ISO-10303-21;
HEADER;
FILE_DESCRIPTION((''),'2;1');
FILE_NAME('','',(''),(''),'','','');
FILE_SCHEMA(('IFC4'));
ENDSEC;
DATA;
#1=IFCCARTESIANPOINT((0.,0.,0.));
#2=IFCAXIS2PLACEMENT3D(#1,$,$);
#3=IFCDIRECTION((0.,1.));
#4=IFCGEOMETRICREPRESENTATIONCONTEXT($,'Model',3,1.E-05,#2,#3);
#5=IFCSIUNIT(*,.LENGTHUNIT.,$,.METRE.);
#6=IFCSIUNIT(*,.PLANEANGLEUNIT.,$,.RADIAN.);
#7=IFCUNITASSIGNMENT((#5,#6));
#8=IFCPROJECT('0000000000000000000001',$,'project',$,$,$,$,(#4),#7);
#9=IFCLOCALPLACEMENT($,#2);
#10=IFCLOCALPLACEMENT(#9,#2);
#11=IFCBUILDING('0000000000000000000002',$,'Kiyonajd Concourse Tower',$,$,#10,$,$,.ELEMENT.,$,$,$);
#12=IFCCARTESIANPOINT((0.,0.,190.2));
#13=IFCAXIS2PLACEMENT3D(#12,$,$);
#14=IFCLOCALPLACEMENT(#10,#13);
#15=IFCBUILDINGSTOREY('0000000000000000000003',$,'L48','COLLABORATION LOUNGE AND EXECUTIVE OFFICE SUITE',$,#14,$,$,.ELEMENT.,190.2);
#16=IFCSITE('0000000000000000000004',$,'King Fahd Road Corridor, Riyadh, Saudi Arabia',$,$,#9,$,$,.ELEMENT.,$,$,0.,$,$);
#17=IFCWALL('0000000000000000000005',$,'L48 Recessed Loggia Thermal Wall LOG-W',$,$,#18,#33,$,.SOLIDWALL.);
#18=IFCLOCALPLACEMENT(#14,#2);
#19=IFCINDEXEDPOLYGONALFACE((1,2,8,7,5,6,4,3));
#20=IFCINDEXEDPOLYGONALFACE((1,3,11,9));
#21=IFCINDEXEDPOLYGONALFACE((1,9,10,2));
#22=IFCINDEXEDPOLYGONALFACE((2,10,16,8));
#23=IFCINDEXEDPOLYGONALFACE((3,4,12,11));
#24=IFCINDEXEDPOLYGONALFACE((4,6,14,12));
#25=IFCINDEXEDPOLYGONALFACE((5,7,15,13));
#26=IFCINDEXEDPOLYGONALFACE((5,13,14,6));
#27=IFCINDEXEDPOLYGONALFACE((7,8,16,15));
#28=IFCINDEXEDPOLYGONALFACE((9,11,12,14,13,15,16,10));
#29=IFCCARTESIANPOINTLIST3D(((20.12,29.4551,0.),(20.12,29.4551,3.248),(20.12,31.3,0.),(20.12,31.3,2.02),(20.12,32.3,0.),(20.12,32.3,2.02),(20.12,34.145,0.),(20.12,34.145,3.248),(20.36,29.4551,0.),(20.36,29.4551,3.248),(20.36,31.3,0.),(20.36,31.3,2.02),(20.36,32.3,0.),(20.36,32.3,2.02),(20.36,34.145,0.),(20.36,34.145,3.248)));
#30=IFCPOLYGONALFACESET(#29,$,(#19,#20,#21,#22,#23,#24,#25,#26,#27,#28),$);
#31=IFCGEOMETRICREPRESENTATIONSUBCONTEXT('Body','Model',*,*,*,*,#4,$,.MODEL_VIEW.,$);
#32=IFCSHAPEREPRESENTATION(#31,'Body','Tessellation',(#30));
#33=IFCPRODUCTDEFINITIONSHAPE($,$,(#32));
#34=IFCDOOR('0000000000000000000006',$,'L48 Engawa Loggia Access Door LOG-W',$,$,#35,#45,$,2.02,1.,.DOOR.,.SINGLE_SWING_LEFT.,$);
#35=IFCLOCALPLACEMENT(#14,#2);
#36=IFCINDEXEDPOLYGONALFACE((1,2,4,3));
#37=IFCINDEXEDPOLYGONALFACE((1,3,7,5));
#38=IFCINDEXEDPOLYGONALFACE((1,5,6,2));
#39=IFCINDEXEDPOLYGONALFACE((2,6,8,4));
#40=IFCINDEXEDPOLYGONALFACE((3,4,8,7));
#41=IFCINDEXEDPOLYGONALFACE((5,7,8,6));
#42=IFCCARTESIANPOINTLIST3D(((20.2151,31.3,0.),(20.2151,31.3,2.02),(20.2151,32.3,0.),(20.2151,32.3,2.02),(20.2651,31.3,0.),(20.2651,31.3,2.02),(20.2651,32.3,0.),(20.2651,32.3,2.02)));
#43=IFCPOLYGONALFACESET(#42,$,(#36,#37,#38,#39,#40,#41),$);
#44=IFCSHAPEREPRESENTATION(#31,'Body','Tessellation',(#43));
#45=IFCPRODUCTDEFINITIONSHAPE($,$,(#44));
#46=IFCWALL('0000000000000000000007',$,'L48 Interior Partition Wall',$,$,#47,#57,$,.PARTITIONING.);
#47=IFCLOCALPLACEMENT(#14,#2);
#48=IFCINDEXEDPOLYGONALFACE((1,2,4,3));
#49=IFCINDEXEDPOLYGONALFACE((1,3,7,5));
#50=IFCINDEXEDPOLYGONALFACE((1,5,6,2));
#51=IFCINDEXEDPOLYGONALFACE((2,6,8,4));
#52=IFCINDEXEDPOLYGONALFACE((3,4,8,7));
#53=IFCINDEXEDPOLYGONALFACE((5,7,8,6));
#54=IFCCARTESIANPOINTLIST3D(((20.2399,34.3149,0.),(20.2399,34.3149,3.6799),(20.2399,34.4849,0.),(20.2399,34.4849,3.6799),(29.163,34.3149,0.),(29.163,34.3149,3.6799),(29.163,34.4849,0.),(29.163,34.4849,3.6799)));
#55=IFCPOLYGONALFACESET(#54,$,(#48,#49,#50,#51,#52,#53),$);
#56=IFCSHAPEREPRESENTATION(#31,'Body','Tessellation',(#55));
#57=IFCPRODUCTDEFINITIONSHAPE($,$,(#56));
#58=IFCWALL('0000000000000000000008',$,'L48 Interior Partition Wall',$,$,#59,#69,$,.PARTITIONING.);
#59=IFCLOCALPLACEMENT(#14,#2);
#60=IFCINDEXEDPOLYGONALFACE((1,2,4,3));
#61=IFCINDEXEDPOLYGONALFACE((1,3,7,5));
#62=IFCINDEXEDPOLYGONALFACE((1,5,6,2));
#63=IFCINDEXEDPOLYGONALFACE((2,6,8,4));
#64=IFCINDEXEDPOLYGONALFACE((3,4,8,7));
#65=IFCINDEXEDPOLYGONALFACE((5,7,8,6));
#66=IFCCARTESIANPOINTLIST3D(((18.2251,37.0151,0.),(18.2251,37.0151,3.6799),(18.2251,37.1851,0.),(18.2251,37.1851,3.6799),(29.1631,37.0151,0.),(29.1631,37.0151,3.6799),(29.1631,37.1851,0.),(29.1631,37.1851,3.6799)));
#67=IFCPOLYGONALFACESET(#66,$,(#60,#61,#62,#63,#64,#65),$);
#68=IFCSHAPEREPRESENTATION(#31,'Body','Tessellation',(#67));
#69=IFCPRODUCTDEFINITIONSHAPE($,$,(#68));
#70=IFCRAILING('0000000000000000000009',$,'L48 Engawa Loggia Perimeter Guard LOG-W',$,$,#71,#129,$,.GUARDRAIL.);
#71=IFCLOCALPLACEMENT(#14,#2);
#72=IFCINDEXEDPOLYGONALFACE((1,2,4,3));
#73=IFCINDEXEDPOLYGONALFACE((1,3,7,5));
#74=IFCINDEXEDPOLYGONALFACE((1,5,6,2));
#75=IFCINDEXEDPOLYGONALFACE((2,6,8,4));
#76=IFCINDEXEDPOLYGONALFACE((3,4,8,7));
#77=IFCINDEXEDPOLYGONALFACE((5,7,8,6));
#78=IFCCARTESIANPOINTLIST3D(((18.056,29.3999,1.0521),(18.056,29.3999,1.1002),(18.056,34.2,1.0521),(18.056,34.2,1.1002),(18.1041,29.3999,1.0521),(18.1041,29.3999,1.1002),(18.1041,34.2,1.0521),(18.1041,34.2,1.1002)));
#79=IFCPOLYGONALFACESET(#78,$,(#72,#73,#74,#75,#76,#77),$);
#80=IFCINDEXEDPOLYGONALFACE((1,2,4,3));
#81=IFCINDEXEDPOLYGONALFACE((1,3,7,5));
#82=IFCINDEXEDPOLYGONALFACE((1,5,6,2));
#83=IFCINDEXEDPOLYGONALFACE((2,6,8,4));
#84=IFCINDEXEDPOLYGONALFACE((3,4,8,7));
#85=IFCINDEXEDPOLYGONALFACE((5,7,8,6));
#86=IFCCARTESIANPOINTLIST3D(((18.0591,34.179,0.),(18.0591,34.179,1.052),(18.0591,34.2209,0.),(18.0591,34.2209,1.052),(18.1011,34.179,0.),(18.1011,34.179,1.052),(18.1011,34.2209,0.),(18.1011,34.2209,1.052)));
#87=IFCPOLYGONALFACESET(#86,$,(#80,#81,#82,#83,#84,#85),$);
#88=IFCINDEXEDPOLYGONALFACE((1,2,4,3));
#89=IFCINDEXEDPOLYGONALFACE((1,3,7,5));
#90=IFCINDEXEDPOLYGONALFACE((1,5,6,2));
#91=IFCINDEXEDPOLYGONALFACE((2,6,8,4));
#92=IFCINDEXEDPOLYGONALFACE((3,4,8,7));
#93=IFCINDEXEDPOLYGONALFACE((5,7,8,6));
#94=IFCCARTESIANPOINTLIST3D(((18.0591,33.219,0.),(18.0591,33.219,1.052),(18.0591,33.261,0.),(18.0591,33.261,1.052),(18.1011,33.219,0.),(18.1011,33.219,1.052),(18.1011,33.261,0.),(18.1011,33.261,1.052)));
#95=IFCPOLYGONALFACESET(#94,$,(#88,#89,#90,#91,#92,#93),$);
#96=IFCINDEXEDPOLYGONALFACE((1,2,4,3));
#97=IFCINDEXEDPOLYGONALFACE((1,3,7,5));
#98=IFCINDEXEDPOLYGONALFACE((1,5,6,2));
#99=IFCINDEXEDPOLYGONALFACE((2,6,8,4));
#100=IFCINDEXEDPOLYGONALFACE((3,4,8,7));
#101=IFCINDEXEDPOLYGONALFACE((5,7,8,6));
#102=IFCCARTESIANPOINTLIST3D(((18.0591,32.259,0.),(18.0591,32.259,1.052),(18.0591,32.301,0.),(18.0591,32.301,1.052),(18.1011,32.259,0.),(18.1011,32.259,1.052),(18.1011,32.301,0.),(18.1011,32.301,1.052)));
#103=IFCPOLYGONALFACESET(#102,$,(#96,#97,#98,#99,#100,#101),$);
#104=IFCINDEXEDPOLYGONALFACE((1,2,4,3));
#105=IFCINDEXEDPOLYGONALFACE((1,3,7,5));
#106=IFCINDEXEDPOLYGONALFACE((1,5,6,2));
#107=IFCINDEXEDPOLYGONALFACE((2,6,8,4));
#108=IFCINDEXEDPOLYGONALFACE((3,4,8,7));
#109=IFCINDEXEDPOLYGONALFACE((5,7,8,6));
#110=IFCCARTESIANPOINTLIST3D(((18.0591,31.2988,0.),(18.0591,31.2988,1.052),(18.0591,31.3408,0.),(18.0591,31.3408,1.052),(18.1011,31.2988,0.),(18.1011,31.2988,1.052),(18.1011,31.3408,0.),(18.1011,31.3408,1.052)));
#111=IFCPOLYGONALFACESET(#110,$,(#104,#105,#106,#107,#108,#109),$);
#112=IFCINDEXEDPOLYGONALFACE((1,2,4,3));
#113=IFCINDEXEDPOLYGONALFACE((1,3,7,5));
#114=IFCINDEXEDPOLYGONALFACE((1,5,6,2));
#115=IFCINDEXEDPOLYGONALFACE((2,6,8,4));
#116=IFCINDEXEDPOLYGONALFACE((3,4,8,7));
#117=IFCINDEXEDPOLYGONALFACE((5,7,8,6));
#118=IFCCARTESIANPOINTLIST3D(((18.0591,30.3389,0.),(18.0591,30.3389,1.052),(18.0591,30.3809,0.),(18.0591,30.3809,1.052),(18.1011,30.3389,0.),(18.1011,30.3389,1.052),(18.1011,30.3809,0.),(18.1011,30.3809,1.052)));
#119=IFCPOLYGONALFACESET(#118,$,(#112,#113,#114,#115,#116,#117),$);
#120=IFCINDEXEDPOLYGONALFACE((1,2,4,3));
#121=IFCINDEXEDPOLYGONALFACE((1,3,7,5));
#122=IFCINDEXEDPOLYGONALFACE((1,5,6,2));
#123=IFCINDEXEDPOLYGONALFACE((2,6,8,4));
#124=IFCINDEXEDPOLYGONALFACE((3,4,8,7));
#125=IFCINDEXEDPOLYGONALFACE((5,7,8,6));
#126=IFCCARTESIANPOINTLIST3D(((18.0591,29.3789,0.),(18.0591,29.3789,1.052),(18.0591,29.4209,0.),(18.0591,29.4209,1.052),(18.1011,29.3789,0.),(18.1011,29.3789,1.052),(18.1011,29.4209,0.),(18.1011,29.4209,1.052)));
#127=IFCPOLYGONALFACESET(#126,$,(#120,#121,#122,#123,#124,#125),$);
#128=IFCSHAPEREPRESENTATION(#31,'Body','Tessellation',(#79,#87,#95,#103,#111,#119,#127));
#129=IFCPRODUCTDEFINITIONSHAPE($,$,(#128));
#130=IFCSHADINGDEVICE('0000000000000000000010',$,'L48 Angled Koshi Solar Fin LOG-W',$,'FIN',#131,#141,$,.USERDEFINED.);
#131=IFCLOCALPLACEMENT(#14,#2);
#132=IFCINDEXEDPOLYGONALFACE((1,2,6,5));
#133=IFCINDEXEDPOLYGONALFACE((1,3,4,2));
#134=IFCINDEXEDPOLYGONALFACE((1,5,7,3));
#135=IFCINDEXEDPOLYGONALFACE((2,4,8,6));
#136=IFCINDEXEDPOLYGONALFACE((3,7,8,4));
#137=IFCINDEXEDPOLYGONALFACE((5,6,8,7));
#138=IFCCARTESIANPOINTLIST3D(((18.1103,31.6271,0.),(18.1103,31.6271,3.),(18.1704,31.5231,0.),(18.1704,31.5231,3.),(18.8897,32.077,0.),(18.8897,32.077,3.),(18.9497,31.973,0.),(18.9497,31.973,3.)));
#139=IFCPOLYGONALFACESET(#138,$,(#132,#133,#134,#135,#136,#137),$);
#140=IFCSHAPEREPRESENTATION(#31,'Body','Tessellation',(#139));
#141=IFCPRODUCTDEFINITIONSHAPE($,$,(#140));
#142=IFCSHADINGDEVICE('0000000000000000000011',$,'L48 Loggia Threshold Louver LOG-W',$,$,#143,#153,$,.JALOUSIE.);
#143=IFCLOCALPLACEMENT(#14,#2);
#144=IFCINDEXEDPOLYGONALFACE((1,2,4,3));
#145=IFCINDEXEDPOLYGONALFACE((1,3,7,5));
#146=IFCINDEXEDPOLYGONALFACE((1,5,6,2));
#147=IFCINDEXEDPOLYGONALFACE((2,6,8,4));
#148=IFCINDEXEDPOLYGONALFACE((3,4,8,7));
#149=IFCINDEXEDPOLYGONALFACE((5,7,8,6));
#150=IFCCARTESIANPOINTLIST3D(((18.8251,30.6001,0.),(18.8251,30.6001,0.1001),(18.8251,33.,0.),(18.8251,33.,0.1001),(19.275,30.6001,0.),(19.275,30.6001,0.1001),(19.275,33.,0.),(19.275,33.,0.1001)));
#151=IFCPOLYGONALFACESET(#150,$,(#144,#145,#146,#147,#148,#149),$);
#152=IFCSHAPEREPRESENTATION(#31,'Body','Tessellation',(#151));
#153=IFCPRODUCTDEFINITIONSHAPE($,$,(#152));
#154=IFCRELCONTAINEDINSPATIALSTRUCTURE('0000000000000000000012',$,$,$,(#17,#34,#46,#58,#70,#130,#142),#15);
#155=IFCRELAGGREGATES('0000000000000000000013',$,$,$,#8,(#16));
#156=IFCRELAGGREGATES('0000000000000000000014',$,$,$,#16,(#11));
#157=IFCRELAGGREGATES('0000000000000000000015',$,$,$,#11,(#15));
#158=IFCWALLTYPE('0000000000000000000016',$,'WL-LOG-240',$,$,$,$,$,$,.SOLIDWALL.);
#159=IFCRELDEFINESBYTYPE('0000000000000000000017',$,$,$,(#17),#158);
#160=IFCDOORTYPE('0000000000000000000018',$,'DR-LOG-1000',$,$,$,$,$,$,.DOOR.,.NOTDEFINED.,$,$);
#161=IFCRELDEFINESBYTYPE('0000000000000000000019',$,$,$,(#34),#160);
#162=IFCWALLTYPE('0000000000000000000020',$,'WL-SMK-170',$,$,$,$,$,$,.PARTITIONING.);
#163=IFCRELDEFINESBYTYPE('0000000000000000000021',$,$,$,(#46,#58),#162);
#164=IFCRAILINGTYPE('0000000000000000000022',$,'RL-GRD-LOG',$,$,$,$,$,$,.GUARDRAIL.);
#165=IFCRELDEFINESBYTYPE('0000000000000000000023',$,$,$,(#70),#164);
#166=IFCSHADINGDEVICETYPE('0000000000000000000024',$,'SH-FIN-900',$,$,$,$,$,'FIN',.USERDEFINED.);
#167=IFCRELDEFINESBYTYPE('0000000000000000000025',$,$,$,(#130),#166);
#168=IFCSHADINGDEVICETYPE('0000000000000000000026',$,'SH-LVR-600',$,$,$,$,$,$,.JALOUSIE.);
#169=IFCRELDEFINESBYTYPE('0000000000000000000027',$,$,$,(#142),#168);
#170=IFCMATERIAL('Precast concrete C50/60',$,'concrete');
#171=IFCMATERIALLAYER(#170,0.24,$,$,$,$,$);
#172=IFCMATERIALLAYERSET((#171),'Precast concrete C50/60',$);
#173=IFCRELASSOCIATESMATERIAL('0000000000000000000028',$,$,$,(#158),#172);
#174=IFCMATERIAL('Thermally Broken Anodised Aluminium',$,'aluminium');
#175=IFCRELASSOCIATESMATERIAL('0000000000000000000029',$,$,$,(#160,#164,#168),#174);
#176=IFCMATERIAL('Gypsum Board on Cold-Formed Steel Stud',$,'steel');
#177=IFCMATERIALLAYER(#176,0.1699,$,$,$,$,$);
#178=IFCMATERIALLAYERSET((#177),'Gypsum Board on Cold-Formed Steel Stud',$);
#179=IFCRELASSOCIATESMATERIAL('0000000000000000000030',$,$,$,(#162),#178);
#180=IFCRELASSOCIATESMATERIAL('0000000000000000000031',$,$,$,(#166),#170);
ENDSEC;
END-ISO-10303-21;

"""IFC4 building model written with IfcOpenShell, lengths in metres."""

from ifc_helpers import new_model, si_unit, direction, frame, frame_2d, origin, origin_2d, place, context, subcontext, project, spatial, rectangle, extrude, material, layer, layer_set, type_object, element, fill, save


model = new_model("IFC4")

# Units and contexts
model_context = context("Model", 3, precision=1e-05, world=origin(), true_north=direction((0.0, 1.0)))
body_context = subcontext(model_context, "Body", "Model", "MODEL_VIEW")
ifc_project = project(units=[si_unit("LENGTHUNIT", "METRE"), si_unit("PLANEANGLEUNIT", "RADIAN")], contexts=[model_context])

# Site, building, storey
site_placement = place(None, origin())
site = spatial("IfcSite", under=ifc_project, at=site_placement, Name="King Fahd Road Corridor, Riyadh, Saudi Arabia", CompositionType="ELEMENT", RefElevation=0.0)
building_placement = place(site_placement, origin())
building = spatial("IfcBuilding", under=site, at=building_placement, Name="Kiyonajd Concourse Tower", CompositionType="ELEMENT")
storey_placement = place(building_placement, frame((0.0, 0.0, 190.2)))
storey = spatial("IfcBuildingStorey", under=building, at=storey_placement, Name="L48", Description="COLLABORATION LOUNGE AND EXECUTIVE OFFICE SUITE", CompositionType="ELEMENT", Elevation=190.2)

# Shared definitions
ifc_material_1 = material(Name="Thermally Broken Anodised Aluminium", Category="aluminium")

# Shared definitions
ifc_material_2 = material(Name="Precast concrete C50/60", Category="concrete")

# Wall, opening, door
ifc_layer_1 = layer(ifc_material_2, 0.24)
ifc_layer_set_1 = layer_set([ifc_layer_1], Name="Precast concrete C50/60")
wall_type_1 = type_object("IfcWallType", Name="WL-LOG-240", PredefinedType="SOLIDWALL", material=ifc_layer_set_1)
wall_1_placement = place(storey_placement, frame((20.24, 29.4551, 0.0), z_axis=(0.0, 0.0, 1.0), x_axis=(0.0, 1.0, 0.0)))
wall_1 = element("IfcWall", 1, at=wall_1_placement, inside=storey, type_object=wall_type_1, Name="L48 Recessed Loggia Thermal Wall LOG-W", PredefinedType="SOLIDWALL", context=body_context, shape_type="SweptSolid", body=[
    extrude(rectangle(XDim=4.6899, YDim=0.24, at=frame_2d((2.345, 0.0))), origin(), (0.0, 0.0, 1.0), 3.248),
])
opening_placement = place(wall_1_placement, frame((1.845, 0.0, 0.0)))
opening = element("IfcOpeningElement", 2, at=opening_placement, cuts=wall_1, PredefinedType="OPENING", context=body_context, shape_type="SweptSolid", body=[
    extrude(rectangle(XDim=1.0, YDim=2.02, at=frame_2d((0.5, 1.01))), frame((0.0, 0.1299, 0.0), z_axis=(0.0, -1.0, 0.0), x_axis=(1.0, 0.0, 0.0)), (0.0, 0.0, 1.0), 0.26),
])
door_type = type_object("IfcDoorType", Name="DR-LOG-1000", OperationType="NOTDEFINED", PredefinedType="DOOR", material=ifc_material_1)
door_placement = place(opening_placement, origin())
door = element("IfcDoor", 3, at=door_placement, inside=storey, type_object=door_type, Name="L48 Engawa Loggia Access Door LOG-W", OperationType="SINGLE_SWING_LEFT", OverallHeight=2.02, OverallWidth=1.0, PredefinedType="DOOR", context=body_context, shape_type="SweptSolid", body=[
    extrude(rectangle(XDim=1.0, YDim=2.02, at=frame_2d((0.5, 1.01))), frame((0.0, 0.0249, 0.0), z_axis=(0.0, -1.0, 0.0), x_axis=(1.0, 0.0, 0.0)), (0.0, 0.0, 1.0), 0.05),
])
fill(opening, door)

# Walls
ifc_material_3 = material(Name="Gypsum Board on Cold-Formed Steel Stud", Category="steel")
ifc_layer_2 = layer(ifc_material_3, 0.1699)
ifc_layer_set_2 = layer_set([ifc_layer_2], Name="Gypsum Board on Cold-Formed Steel Stud")
wall_type_2 = type_object("IfcWallType", Name="WL-SMK-170", PredefinedType="PARTITIONING", material=ifc_layer_set_2)
wall_2_placement = place(storey_placement, frame((20.24, 34.3999, 0.0), z_axis=(0.0, 0.0, 1.0), x_axis=(1.0, 0.0, 0.0)))
element("IfcWall", 4, at=wall_2_placement, inside=storey, type_object=wall_type_2, Name="L48 Interior Partition Wall", PredefinedType="PARTITIONING", context=body_context, shape_type="SweptSolid", body=[
    extrude(rectangle(XDim=8.9231, YDim=0.1699, at=frame_2d((4.4614, 0.0))), origin(), (0.0, 0.0, 1.0), 3.6799),
])
wall_3_placement = place(storey_placement, frame((18.2251, 37.1001, 0.0), z_axis=(0.0, 0.0, 1.0), x_axis=(1.0, 0.0, 0.0)))
element("IfcWall", 5, at=wall_3_placement, inside=storey, type_object=wall_type_2, Name="L48 Interior Partition Wall", PredefinedType="PARTITIONING", context=body_context, shape_type="SweptSolid", body=[
    extrude(rectangle(XDim=10.938, YDim=0.1699, at=frame_2d((5.469, 0.0))), origin(), (0.0, 0.0, 1.0), 3.6799),
])

# Railing
railing_type = type_object("IfcRailingType", Name="RL-GRD-LOG", PredefinedType="GUARDRAIL", material=ifc_material_1)
railing_placement = place(storey_placement, frame((18.0801, 34.2, 0.0)))
element("IfcRailing", 6, at=railing_placement, inside=storey, type_object=railing_type, Name="L48 Engawa Loggia Perimeter Guard LOG-W", PredefinedType="GUARDRAIL", context=body_context, shape_type="SweptSolid", body=[
    extrude(rectangle(XDim=0.0481, YDim=0.0481, at=origin_2d()), frame((0.0, 0.0, 1.0762), z_axis=(0.0, -1.0, 0.0), x_axis=(1.0, 0.0, 0.0)), (0.0, 0.0, 1.0), 4.8),
    extrude(rectangle(XDim=0.042, YDim=0.042, at=origin_2d()), origin(), (0.0, 0.0, 1.0), 1.052),
    extrude(rectangle(XDim=0.042, YDim=0.042, at=origin_2d()), frame((0.0, -0.96, 0.0)), (0.0, 0.0, 1.0), 1.052),
    extrude(rectangle(XDim=0.042, YDim=0.042, at=origin_2d()), frame((0.0, -1.9199, 0.0)), (0.0, 0.0, 1.0), 1.052),
    extrude(rectangle(XDim=0.042, YDim=0.042, at=origin_2d()), frame((0.0, -2.8801, 0.0)), (0.0, 0.0, 1.0), 1.052),
    extrude(rectangle(XDim=0.042, YDim=0.042, at=origin_2d()), frame((0.0, -3.8401, 0.0)), (0.0, 0.0, 1.0), 1.052),
    extrude(rectangle(XDim=0.042, YDim=0.042, at=origin_2d()), frame((0.0, -4.8, 0.0)), (0.0, 0.0, 1.0), 1.052),
])

# Shading devices
shading_device_type_1 = type_object("IfcShadingDeviceType", Name="SH-FIN-900", ElementType="FIN", PredefinedType="USERDEFINED", material=ifc_material_2)
shading_device_1_placement = place(storey_placement, frame((18.53, 31.8, 0.0), z_axis=(0.0, 0.0, 1.0), x_axis=(0.866025, 0.5, 0.0)))
element("IfcShadingDevice", 7, at=shading_device_1_placement, inside=storey, type_object=shading_device_type_1, Name="L48 Angled Koshi Solar Fin LOG-W", ObjectType="FIN", PredefinedType="USERDEFINED", context=body_context, shape_type="SweptSolid", body=[
    extrude(rectangle(XDim=0.8999, YDim=0.1201, at=origin_2d()), origin(), (0.0, 0.0, 1.0), 3.0),
])
shading_device_type_2 = type_object("IfcShadingDeviceType", Name="SH-LVR-600", PredefinedType="JALOUSIE", material=ifc_material_1)
shading_device_2_placement = place(storey_placement, frame((19.05, 31.8, 0.0), z_axis=(0.0, 0.0, 1.0), x_axis=(0.0, 1.0, 0.0)))
element("IfcShadingDevice", 8, at=shading_device_2_placement, inside=storey, type_object=shading_device_type_2, Name="L48 Loggia Threshold Louver LOG-W", PredefinedType="JALOUSIE", context=body_context, shape_type="SweptSolid", body=[
    extrude(rectangle(XDim=2.3999, YDim=0.45, at=origin_2d()), origin(), (0.0, 0.0, 1.0), 0.1001),
])

save(model, "model.ifc")
